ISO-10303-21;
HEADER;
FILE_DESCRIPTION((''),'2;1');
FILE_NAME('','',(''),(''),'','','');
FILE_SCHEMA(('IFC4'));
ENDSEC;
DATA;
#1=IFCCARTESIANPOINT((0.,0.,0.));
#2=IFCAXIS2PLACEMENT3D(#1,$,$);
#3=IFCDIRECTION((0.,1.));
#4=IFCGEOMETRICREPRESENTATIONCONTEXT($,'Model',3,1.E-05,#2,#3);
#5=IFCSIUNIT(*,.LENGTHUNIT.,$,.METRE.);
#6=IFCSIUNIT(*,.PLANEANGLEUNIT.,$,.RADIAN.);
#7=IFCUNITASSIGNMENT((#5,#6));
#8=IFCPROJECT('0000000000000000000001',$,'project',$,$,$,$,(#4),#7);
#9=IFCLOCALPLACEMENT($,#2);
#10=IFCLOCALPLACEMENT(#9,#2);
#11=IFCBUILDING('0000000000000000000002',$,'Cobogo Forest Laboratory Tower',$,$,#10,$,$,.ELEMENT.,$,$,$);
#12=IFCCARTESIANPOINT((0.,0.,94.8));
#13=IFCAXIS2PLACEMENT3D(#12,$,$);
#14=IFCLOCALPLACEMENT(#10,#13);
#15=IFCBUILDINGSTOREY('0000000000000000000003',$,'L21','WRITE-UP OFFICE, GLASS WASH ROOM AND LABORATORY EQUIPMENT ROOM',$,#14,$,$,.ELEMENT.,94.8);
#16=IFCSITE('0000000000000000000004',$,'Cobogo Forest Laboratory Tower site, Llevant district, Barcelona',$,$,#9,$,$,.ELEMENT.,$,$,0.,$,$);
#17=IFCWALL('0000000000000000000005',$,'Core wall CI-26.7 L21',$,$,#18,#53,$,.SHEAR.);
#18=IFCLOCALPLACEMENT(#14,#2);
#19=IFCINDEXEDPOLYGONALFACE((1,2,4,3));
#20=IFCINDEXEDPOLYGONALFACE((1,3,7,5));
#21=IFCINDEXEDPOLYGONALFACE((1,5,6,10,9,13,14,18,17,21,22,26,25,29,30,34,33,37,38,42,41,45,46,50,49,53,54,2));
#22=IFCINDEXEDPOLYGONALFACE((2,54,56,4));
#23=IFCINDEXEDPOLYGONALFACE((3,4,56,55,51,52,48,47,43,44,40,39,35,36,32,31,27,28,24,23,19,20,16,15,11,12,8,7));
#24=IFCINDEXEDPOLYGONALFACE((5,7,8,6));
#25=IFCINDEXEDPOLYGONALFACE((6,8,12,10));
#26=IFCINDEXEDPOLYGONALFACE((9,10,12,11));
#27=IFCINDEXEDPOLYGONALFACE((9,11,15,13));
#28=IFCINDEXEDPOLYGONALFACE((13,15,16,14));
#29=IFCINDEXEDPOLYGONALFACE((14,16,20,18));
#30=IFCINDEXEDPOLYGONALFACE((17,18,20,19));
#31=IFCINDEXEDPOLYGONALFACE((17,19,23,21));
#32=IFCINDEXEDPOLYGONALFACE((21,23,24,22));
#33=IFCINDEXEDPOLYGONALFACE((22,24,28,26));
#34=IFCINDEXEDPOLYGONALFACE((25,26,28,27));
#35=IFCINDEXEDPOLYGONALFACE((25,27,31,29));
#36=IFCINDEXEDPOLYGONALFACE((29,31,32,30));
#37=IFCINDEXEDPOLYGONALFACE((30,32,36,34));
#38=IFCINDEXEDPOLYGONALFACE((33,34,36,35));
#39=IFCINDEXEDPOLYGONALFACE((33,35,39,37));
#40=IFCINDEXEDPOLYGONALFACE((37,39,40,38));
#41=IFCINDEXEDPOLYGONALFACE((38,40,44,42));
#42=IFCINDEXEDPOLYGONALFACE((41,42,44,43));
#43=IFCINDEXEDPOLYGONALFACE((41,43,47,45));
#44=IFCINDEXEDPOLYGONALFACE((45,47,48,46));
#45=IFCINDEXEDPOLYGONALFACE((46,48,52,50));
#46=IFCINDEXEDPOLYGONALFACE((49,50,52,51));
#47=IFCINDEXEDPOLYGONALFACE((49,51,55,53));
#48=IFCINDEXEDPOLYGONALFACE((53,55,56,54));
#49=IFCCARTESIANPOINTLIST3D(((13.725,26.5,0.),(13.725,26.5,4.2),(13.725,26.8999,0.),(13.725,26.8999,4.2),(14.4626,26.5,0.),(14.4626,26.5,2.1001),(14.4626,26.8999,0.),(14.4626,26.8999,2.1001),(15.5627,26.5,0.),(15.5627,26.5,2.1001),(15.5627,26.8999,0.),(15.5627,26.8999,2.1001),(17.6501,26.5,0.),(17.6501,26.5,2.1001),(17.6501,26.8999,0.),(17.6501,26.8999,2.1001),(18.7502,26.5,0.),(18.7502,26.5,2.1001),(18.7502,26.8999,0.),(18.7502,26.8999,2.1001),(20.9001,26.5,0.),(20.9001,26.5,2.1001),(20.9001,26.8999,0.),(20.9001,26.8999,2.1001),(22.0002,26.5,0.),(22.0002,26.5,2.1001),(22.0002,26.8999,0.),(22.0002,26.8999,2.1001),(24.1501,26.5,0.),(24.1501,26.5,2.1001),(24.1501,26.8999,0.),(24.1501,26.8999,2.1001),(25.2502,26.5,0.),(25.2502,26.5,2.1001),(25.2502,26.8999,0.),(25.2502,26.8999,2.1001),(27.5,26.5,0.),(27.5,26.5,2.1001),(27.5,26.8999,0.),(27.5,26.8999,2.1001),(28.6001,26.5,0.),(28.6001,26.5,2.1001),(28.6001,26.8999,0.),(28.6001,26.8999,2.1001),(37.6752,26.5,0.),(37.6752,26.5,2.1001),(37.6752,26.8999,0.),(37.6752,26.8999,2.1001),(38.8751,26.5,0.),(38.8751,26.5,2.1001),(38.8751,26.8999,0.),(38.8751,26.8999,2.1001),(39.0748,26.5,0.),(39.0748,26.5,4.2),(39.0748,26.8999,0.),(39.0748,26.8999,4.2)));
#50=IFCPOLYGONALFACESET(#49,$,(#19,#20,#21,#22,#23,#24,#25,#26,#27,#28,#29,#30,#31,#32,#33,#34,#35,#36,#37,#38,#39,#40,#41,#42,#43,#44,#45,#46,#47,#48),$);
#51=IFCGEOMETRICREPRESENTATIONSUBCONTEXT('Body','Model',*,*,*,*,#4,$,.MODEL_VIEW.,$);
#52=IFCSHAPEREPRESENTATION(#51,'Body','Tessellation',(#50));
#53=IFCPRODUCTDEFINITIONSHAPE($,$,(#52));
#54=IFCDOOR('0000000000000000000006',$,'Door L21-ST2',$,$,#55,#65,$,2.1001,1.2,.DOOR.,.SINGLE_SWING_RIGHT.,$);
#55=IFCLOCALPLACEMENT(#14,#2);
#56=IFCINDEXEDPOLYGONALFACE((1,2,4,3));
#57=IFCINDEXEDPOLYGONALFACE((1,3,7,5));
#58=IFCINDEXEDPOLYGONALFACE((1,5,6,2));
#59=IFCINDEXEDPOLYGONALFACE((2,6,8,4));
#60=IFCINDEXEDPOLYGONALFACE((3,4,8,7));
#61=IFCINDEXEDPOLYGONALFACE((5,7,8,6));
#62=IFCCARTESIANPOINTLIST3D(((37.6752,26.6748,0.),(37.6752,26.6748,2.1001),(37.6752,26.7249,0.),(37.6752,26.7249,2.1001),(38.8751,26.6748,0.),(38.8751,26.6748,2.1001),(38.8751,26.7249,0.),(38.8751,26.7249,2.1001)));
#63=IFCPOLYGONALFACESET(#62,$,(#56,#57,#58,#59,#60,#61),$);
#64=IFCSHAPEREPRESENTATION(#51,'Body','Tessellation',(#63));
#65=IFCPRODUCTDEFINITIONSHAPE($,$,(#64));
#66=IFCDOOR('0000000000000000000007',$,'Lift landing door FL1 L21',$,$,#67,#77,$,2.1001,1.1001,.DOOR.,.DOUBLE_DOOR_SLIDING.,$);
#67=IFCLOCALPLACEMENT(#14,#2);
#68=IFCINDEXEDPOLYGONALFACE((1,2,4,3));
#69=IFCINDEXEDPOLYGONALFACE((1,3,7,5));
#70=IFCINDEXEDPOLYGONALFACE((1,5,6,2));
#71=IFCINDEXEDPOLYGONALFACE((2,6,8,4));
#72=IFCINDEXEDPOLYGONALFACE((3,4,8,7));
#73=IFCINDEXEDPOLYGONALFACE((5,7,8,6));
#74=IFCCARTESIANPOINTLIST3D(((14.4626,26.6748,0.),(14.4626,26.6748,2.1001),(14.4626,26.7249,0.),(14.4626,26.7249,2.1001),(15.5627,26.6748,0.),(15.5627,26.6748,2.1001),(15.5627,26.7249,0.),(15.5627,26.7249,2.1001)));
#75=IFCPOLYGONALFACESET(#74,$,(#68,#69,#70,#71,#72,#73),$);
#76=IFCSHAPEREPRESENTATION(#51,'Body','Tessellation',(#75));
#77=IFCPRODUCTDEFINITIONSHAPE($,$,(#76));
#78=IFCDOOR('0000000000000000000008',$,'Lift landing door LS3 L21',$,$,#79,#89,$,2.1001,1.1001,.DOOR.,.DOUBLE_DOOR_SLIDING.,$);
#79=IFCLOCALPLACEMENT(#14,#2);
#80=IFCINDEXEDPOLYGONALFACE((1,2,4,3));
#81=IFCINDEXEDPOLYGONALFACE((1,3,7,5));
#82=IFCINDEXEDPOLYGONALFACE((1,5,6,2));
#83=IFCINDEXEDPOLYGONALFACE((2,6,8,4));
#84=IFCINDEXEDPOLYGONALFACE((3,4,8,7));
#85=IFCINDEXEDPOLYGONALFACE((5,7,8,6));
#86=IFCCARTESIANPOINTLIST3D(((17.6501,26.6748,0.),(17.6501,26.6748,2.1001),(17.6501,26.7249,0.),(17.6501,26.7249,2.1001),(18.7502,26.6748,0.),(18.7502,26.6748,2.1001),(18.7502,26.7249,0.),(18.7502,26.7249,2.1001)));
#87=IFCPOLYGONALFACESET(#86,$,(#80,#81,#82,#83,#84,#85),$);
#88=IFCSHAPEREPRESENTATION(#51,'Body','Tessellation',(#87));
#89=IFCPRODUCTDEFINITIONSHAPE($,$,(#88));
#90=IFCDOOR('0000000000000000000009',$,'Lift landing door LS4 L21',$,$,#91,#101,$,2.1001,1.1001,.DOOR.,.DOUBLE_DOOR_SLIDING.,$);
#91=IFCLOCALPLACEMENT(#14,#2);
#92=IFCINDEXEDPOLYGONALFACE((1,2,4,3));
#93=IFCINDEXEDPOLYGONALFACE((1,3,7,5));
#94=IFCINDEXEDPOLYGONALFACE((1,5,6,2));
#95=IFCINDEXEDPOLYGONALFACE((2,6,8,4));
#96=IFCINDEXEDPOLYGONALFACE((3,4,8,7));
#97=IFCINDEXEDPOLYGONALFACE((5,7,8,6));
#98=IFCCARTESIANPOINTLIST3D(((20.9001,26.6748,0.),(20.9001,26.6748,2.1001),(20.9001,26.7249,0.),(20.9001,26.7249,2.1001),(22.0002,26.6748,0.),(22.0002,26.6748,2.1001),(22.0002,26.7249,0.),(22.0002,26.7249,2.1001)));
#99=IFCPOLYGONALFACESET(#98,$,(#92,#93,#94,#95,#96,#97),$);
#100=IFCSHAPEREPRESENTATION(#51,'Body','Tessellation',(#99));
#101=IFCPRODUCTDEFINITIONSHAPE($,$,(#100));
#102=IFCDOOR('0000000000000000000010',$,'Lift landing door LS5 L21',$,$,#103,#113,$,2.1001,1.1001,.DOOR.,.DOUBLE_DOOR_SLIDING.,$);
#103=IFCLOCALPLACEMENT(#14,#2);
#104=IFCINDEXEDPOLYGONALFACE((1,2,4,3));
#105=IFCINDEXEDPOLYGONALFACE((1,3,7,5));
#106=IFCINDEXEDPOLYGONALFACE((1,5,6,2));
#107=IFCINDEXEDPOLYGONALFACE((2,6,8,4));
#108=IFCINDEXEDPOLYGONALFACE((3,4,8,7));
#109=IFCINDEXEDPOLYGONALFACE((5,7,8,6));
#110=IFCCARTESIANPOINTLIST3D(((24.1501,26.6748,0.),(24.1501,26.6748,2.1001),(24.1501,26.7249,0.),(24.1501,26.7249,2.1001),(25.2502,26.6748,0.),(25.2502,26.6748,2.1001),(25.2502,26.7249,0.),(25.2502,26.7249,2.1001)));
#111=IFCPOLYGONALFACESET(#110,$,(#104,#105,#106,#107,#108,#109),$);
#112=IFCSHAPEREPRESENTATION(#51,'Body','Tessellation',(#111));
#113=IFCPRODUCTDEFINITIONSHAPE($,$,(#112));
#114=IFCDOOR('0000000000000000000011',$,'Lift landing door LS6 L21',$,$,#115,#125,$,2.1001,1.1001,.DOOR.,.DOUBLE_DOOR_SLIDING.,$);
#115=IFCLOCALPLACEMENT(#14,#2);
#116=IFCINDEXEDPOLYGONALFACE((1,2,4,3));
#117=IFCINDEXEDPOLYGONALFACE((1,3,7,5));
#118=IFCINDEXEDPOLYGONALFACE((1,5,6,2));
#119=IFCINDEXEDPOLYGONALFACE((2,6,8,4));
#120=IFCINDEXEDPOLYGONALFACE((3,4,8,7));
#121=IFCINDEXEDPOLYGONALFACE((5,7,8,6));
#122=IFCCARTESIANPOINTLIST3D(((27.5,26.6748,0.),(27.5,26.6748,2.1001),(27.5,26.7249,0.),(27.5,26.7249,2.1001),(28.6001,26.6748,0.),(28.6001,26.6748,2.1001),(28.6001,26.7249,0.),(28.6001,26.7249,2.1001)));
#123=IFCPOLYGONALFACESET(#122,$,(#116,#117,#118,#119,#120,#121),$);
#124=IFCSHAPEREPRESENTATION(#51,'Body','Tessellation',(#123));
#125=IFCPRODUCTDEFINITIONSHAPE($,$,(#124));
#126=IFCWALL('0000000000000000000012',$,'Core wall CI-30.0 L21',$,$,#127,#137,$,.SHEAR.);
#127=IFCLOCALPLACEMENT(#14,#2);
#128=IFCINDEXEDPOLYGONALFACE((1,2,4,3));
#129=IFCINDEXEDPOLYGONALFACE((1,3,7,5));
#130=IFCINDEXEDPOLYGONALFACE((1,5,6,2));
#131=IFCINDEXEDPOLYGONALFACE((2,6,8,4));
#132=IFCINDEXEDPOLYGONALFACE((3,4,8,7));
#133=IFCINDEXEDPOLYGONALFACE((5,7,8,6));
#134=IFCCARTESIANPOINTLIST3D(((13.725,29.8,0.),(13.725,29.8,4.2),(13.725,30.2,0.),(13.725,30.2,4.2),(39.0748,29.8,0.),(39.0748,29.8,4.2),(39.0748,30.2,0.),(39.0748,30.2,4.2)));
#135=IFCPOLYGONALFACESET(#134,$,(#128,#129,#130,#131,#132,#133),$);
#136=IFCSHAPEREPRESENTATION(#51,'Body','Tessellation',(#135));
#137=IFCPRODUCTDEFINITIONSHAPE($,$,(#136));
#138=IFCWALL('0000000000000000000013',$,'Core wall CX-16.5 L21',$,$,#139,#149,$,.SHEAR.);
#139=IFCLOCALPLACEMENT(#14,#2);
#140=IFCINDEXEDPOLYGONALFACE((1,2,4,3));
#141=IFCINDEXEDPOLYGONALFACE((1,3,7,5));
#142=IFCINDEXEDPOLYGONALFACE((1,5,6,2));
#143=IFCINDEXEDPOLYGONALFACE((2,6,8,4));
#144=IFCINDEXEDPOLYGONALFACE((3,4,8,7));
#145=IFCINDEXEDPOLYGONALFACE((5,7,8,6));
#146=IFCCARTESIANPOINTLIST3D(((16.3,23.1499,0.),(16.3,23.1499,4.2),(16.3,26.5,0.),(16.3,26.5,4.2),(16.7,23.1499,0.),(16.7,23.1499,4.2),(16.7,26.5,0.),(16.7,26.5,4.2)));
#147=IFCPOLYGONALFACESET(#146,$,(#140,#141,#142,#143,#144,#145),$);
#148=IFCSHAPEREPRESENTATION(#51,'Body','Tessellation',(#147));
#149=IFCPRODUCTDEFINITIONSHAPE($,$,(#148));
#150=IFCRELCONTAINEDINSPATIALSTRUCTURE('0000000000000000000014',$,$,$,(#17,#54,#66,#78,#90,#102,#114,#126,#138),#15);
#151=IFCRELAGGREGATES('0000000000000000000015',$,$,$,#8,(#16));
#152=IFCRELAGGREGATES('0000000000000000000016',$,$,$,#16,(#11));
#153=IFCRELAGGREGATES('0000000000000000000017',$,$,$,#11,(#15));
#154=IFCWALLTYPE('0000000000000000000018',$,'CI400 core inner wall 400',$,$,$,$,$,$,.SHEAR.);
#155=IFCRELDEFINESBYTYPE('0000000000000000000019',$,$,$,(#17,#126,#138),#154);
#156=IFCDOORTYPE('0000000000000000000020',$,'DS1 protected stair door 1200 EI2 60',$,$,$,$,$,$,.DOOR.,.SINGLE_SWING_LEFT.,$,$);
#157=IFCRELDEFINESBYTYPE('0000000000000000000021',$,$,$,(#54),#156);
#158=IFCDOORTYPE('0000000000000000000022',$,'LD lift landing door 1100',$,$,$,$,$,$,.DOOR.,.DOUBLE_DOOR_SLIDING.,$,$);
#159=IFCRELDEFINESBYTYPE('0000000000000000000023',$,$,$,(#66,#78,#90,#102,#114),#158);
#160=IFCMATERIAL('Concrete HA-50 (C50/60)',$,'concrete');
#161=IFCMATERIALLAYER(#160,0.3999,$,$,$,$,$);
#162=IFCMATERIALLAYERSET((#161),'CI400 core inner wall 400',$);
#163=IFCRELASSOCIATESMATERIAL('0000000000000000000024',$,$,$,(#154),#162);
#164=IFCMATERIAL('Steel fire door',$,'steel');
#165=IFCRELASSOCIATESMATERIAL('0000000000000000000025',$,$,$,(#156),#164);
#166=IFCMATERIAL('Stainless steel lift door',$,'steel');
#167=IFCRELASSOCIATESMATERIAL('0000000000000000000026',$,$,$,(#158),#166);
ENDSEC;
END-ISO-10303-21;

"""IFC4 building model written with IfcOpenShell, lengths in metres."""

from ifc_helpers import new_model, si_unit, direction, frame, frame_2d, origin, place, context, subcontext, project, spatial, rectangle, extrude, material, layer, layer_set, type_object, element, fill, save


model = new_model("IFC4")

# Units and contexts
model_context = context("Model", 3, precision=1e-05, world=origin(), true_north=direction((0.0, 1.0)))
body_context = subcontext(model_context, "Body", "Model", "MODEL_VIEW")
ifc_project = project(units=[si_unit("LENGTHUNIT", "METRE"), si_unit("PLANEANGLEUNIT", "RADIAN")], contexts=[model_context])

# Site, building, storey
site_placement = place(None, origin())
site = spatial("IfcSite", under=ifc_project, at=site_placement, Name="Cobogo Forest Laboratory Tower site, Llevant district, Barcelona", CompositionType="ELEMENT", RefElevation=0.0)
building_placement = place(site_placement, origin())
building = spatial("IfcBuilding", under=site, at=building_placement, Name="Cobogo Forest Laboratory Tower", CompositionType="ELEMENT")
storey_placement = place(building_placement, frame((0.0, 0.0, 94.8)))
storey = spatial("IfcBuildingStorey", under=building, at=storey_placement, Name="L21", Description="WRITE-UP OFFICE, GLASS WASH ROOM AND LABORATORY EQUIPMENT ROOM", CompositionType="ELEMENT", Elevation=94.8)

# Shared definitions
ifc_material_1 = material(Name="Concrete HA-50 (C50/60)", Category="concrete")

# Shared definitions
ifc_layer_1 = layer(ifc_material_1, 0.3999)
ifc_layer_set_1 = layer_set([ifc_layer_1], Name="CI400 core inner wall 400")
wall_type_1 = type_object("IfcWallType", Name="CI400 core inner wall 400", PredefinedType="SHEAR", material=ifc_layer_set_1)

# Wall, openings, doors
wall_1_placement = place(storey_placement, frame((13.7251, 26.7, 0.0), z_axis=(0.0, 0.0, 1.0), x_axis=(1.0, 0.0, 0.0)))
wall_1 = element("IfcWall", 1, at=wall_1_placement, inside=storey, type_object=wall_type_1, Name="Core wall CI-26.7 L21", PredefinedType="SHEAR", context=body_context, shape_type="SweptSolid", body=[
    extrude(rectangle(XDim=25.3499, YDim=0.3999, at=frame_2d((12.6748, 0.0))), origin(), (0.0, 0.0, 1.0), 4.2),
])
opening_1_placement = place(wall_1_placement, frame((23.95, 0.0, 0.0)))
opening_1 = element("IfcOpeningElement", 2, at=opening_1_placement, cuts=wall_1, PredefinedType="OPENING", context=body_context, shape_type="SweptSolid", body=[
    extrude(rectangle(XDim=1.2, YDim=2.1001, at=frame_2d((0.6001, 1.05))), frame((0.0, 0.21, 0.0), z_axis=(0.0, -1.0, 0.0), x_axis=(1.0, 0.0, 0.0)), (0.0, 0.0, 1.0), 0.4199),
])
opening_2_placement = place(wall_1_placement, frame((0.7375, 0.0, 0.0)))
opening_2 = element("IfcOpeningElement", 3, at=opening_2_placement, cuts=wall_1, PredefinedType="OPENING", context=body_context, shape_type="SweptSolid", body=[
    extrude(rectangle(XDim=1.1001, YDim=2.1001, at=frame_2d((0.55, 1.05))), frame((0.0, 0.21, 0.0), z_axis=(0.0, -1.0, 0.0), x_axis=(1.0, 0.0, 0.0)), (0.0, 0.0, 1.0), 0.4199),
])
opening_3_placement = place(wall_1_placement, frame((3.925, 0.0, 0.0)))
opening_3 = element("IfcOpeningElement", 4, at=opening_3_placement, cuts=wall_1, PredefinedType="OPENING", context=body_context, shape_type="SweptSolid", body=[
    extrude(rectangle(XDim=1.1001, YDim=2.1001, at=frame_2d((0.55, 1.05))), frame((0.0, 0.21, 0.0), z_axis=(0.0, -1.0, 0.0), x_axis=(1.0, 0.0, 0.0)), (0.0, 0.0, 1.0), 0.4199),
])
opening_4_placement = place(wall_1_placement, frame((7.175, 0.0, 0.0)))
opening_4 = element("IfcOpeningElement", 5, at=opening_4_placement, cuts=wall_1, PredefinedType="OPENING", context=body_context, shape_type="SweptSolid", body=[
    extrude(rectangle(XDim=1.1001, YDim=2.1001, at=frame_2d((0.55, 1.05))), frame((0.0, 0.21, 0.0), z_axis=(0.0, -1.0, 0.0), x_axis=(1.0, 0.0, 0.0)), (0.0, 0.0, 1.0), 0.4199),
])
opening_5_placement = place(wall_1_placement, frame((10.425, 0.0, 0.0)))
opening_5 = element("IfcOpeningElement", 6, at=opening_5_placement, cuts=wall_1, PredefinedType="OPENING", context=body_context, shape_type="SweptSolid", body=[
    extrude(rectangle(XDim=1.1001, YDim=2.1001, at=frame_2d((0.55, 1.05))), frame((0.0, 0.21, 0.0), z_axis=(0.0, -1.0, 0.0), x_axis=(1.0, 0.0, 0.0)), (0.0, 0.0, 1.0), 0.4199),
])
opening_6_placement = place(wall_1_placement, frame((13.7749, 0.0, 0.0)))
opening_6 = element("IfcOpeningElement", 7, at=opening_6_placement, cuts=wall_1, PredefinedType="OPENING", context=body_context, shape_type="SweptSolid", body=[
    extrude(rectangle(XDim=1.1001, YDim=2.1001, at=frame_2d((0.55, 1.05))), frame((0.0, 0.21, 0.0), z_axis=(0.0, -1.0, 0.0), x_axis=(1.0, 0.0, 0.0)), (0.0, 0.0, 1.0), 0.4199),
])
ifc_material_2 = material(Name="Steel fire door", Category="steel")
door_type_1 = type_object("IfcDoorType", Name="DS1 protected stair door 1200 EI2 60", OperationType="SINGLE_SWING_LEFT", PredefinedType="DOOR", material=ifc_material_2)
door_1_placement = place(opening_1_placement, origin())
door_1 = element("IfcDoor", 8, at=door_1_placement, inside=storey, type_object=door_type_1, Name="Door L21-ST2", OperationType="SINGLE_SWING_RIGHT", OverallHeight=2.1001, OverallWidth=1.2, PredefinedType="DOOR", context=body_context, shape_type="SweptSolid", body=[
    extrude(rectangle(XDim=1.2, YDim=2.1001, at=frame_2d((0.6001, 1.05))), frame((0.0, 0.0249, 0.0), z_axis=(0.0, -1.0, 0.0), x_axis=(1.0, 0.0, 0.0)), (0.0, 0.0, 1.0), 0.05),
])
fill(opening_1, door_1)
ifc_material_3 = material(Name="Stainless steel lift door", Category="steel")
door_type_2 = type_object("IfcDoorType", Name="LD lift landing door 1100", OperationType="DOUBLE_DOOR_SLIDING", PredefinedType="DOOR", material=ifc_material_3)
door_2_placement = place(opening_2_placement, origin())
door_2 = element("IfcDoor", 9, at=door_2_placement, inside=storey, type_object=door_type_2, Name="Lift landing door FL1 L21", OperationType="DOUBLE_DOOR_SLIDING", OverallHeight=2.1001, OverallWidth=1.1001, PredefinedType="DOOR", context=body_context, shape_type="SweptSolid", body=[
    extrude(rectangle(XDim=1.1001, YDim=2.1001, at=frame_2d((0.55, 1.05))), frame((0.0, 0.0249, 0.0), z_axis=(0.0, -1.0, 0.0), x_axis=(1.0, 0.0, 0.0)), (0.0, 0.0, 1.0), 0.05),
])
fill(opening_2, door_2)
door_3_placement = place(opening_3_placement, origin())
door_3 = element("IfcDoor", 10, at=door_3_placement, inside=storey, type_object=door_type_2, Name="Lift landing door LS3 L21", OperationType="DOUBLE_DOOR_SLIDING", OverallHeight=2.1001, OverallWidth=1.1001, PredefinedType="DOOR", context=body_context, shape_type="SweptSolid", body=[
    extrude(rectangle(XDim=1.1001, YDim=2.1001, at=frame_2d((0.55, 1.05))), frame((0.0, 0.0249, 0.0), z_axis=(0.0, -1.0, 0.0), x_axis=(1.0, 0.0, 0.0)), (0.0, 0.0, 1.0), 0.05),
])
fill(opening_3, door_3)
door_4_placement = place(opening_4_placement, origin())
door_4 = element("IfcDoor", 11, at=door_4_placement, inside=storey, type_object=door_type_2, Name="Lift landing door LS4 L21", OperationType="DOUBLE_DOOR_SLIDING", OverallHeight=2.1001, OverallWidth=1.1001, PredefinedType="DOOR", context=body_context, shape_type="SweptSolid", body=[
    extrude(rectangle(XDim=1.1001, YDim=2.1001, at=frame_2d((0.55, 1.05))), frame((0.0, 0.0249, 0.0), z_axis=(0.0, -1.0, 0.0), x_axis=(1.0, 0.0, 0.0)), (0.0, 0.0, 1.0), 0.05),
])
fill(opening_4, door_4)
door_5_placement = place(opening_5_placement, origin())
door_5 = element("IfcDoor", 12, at=door_5_placement, inside=storey, type_object=door_type_2, Name="Lift landing door LS5 L21", OperationType="DOUBLE_DOOR_SLIDING", OverallHeight=2.1001, OverallWidth=1.1001, PredefinedType="DOOR", context=body_context, shape_type="SweptSolid", body=[
    extrude(rectangle(XDim=1.1001, YDim=2.1001, at=frame_2d((0.55, 1.05))), frame((0.0, 0.0249, 0.0), z_axis=(0.0, -1.0, 0.0), x_axis=(1.0, 0.0, 0.0)), (0.0, 0.0, 1.0), 0.05),
])
fill(opening_5, door_5)
door_6_placement = place(opening_6_placement, origin())
door_6 = element("IfcDoor", 13, at=door_6_placement, inside=storey, type_object=door_type_2, Name="Lift landing door LS6 L21", OperationType="DOUBLE_DOOR_SLIDING", OverallHeight=2.1001, OverallWidth=1.1001, PredefinedType="DOOR", context=body_context, shape_type="SweptSolid", body=[
    extrude(rectangle(XDim=1.1001, YDim=2.1001, at=frame_2d((0.55, 1.05))), frame((0.0, 0.0249, 0.0), z_axis=(0.0, -1.0, 0.0), x_axis=(1.0, 0.0, 0.0)), (0.0, 0.0, 1.0), 0.05),
])
fill(opening_6, door_6)

# Walls
wall_2_placement = place(storey_placement, frame((13.7251, 30.0, 0.0), z_axis=(0.0, 0.0, 1.0), x_axis=(1.0, 0.0, 0.0)))
element("IfcWall", 14, at=wall_2_placement, inside=storey, type_object=wall_type_1, Name="Core wall CI-30.0 L21", PredefinedType="SHEAR", context=body_context, shape_type="SweptSolid", body=[
    extrude(rectangle(XDim=25.3499, YDim=0.3999, at=frame_2d((12.6748, 0.0))), origin(), (0.0, 0.0, 1.0), 4.2),
])
wall_3_placement = place(storey_placement, frame((16.5, 23.1499, 0.0), z_axis=(0.0, 0.0, 1.0), x_axis=(0.0, 1.0, 0.0)))
element("IfcWall", 15, at=wall_3_placement, inside=storey, type_object=wall_type_1, Name="Core wall CX-16.5 L21", PredefinedType="SHEAR", context=body_context, shape_type="SweptSolid", body=[
    extrude(rectangle(XDim=3.3501, YDim=0.3999, at=frame_2d((1.675, 0.0))), origin(), (0.0, 0.0, 1.0), 4.2),
])

save(model, "model.ifc")
